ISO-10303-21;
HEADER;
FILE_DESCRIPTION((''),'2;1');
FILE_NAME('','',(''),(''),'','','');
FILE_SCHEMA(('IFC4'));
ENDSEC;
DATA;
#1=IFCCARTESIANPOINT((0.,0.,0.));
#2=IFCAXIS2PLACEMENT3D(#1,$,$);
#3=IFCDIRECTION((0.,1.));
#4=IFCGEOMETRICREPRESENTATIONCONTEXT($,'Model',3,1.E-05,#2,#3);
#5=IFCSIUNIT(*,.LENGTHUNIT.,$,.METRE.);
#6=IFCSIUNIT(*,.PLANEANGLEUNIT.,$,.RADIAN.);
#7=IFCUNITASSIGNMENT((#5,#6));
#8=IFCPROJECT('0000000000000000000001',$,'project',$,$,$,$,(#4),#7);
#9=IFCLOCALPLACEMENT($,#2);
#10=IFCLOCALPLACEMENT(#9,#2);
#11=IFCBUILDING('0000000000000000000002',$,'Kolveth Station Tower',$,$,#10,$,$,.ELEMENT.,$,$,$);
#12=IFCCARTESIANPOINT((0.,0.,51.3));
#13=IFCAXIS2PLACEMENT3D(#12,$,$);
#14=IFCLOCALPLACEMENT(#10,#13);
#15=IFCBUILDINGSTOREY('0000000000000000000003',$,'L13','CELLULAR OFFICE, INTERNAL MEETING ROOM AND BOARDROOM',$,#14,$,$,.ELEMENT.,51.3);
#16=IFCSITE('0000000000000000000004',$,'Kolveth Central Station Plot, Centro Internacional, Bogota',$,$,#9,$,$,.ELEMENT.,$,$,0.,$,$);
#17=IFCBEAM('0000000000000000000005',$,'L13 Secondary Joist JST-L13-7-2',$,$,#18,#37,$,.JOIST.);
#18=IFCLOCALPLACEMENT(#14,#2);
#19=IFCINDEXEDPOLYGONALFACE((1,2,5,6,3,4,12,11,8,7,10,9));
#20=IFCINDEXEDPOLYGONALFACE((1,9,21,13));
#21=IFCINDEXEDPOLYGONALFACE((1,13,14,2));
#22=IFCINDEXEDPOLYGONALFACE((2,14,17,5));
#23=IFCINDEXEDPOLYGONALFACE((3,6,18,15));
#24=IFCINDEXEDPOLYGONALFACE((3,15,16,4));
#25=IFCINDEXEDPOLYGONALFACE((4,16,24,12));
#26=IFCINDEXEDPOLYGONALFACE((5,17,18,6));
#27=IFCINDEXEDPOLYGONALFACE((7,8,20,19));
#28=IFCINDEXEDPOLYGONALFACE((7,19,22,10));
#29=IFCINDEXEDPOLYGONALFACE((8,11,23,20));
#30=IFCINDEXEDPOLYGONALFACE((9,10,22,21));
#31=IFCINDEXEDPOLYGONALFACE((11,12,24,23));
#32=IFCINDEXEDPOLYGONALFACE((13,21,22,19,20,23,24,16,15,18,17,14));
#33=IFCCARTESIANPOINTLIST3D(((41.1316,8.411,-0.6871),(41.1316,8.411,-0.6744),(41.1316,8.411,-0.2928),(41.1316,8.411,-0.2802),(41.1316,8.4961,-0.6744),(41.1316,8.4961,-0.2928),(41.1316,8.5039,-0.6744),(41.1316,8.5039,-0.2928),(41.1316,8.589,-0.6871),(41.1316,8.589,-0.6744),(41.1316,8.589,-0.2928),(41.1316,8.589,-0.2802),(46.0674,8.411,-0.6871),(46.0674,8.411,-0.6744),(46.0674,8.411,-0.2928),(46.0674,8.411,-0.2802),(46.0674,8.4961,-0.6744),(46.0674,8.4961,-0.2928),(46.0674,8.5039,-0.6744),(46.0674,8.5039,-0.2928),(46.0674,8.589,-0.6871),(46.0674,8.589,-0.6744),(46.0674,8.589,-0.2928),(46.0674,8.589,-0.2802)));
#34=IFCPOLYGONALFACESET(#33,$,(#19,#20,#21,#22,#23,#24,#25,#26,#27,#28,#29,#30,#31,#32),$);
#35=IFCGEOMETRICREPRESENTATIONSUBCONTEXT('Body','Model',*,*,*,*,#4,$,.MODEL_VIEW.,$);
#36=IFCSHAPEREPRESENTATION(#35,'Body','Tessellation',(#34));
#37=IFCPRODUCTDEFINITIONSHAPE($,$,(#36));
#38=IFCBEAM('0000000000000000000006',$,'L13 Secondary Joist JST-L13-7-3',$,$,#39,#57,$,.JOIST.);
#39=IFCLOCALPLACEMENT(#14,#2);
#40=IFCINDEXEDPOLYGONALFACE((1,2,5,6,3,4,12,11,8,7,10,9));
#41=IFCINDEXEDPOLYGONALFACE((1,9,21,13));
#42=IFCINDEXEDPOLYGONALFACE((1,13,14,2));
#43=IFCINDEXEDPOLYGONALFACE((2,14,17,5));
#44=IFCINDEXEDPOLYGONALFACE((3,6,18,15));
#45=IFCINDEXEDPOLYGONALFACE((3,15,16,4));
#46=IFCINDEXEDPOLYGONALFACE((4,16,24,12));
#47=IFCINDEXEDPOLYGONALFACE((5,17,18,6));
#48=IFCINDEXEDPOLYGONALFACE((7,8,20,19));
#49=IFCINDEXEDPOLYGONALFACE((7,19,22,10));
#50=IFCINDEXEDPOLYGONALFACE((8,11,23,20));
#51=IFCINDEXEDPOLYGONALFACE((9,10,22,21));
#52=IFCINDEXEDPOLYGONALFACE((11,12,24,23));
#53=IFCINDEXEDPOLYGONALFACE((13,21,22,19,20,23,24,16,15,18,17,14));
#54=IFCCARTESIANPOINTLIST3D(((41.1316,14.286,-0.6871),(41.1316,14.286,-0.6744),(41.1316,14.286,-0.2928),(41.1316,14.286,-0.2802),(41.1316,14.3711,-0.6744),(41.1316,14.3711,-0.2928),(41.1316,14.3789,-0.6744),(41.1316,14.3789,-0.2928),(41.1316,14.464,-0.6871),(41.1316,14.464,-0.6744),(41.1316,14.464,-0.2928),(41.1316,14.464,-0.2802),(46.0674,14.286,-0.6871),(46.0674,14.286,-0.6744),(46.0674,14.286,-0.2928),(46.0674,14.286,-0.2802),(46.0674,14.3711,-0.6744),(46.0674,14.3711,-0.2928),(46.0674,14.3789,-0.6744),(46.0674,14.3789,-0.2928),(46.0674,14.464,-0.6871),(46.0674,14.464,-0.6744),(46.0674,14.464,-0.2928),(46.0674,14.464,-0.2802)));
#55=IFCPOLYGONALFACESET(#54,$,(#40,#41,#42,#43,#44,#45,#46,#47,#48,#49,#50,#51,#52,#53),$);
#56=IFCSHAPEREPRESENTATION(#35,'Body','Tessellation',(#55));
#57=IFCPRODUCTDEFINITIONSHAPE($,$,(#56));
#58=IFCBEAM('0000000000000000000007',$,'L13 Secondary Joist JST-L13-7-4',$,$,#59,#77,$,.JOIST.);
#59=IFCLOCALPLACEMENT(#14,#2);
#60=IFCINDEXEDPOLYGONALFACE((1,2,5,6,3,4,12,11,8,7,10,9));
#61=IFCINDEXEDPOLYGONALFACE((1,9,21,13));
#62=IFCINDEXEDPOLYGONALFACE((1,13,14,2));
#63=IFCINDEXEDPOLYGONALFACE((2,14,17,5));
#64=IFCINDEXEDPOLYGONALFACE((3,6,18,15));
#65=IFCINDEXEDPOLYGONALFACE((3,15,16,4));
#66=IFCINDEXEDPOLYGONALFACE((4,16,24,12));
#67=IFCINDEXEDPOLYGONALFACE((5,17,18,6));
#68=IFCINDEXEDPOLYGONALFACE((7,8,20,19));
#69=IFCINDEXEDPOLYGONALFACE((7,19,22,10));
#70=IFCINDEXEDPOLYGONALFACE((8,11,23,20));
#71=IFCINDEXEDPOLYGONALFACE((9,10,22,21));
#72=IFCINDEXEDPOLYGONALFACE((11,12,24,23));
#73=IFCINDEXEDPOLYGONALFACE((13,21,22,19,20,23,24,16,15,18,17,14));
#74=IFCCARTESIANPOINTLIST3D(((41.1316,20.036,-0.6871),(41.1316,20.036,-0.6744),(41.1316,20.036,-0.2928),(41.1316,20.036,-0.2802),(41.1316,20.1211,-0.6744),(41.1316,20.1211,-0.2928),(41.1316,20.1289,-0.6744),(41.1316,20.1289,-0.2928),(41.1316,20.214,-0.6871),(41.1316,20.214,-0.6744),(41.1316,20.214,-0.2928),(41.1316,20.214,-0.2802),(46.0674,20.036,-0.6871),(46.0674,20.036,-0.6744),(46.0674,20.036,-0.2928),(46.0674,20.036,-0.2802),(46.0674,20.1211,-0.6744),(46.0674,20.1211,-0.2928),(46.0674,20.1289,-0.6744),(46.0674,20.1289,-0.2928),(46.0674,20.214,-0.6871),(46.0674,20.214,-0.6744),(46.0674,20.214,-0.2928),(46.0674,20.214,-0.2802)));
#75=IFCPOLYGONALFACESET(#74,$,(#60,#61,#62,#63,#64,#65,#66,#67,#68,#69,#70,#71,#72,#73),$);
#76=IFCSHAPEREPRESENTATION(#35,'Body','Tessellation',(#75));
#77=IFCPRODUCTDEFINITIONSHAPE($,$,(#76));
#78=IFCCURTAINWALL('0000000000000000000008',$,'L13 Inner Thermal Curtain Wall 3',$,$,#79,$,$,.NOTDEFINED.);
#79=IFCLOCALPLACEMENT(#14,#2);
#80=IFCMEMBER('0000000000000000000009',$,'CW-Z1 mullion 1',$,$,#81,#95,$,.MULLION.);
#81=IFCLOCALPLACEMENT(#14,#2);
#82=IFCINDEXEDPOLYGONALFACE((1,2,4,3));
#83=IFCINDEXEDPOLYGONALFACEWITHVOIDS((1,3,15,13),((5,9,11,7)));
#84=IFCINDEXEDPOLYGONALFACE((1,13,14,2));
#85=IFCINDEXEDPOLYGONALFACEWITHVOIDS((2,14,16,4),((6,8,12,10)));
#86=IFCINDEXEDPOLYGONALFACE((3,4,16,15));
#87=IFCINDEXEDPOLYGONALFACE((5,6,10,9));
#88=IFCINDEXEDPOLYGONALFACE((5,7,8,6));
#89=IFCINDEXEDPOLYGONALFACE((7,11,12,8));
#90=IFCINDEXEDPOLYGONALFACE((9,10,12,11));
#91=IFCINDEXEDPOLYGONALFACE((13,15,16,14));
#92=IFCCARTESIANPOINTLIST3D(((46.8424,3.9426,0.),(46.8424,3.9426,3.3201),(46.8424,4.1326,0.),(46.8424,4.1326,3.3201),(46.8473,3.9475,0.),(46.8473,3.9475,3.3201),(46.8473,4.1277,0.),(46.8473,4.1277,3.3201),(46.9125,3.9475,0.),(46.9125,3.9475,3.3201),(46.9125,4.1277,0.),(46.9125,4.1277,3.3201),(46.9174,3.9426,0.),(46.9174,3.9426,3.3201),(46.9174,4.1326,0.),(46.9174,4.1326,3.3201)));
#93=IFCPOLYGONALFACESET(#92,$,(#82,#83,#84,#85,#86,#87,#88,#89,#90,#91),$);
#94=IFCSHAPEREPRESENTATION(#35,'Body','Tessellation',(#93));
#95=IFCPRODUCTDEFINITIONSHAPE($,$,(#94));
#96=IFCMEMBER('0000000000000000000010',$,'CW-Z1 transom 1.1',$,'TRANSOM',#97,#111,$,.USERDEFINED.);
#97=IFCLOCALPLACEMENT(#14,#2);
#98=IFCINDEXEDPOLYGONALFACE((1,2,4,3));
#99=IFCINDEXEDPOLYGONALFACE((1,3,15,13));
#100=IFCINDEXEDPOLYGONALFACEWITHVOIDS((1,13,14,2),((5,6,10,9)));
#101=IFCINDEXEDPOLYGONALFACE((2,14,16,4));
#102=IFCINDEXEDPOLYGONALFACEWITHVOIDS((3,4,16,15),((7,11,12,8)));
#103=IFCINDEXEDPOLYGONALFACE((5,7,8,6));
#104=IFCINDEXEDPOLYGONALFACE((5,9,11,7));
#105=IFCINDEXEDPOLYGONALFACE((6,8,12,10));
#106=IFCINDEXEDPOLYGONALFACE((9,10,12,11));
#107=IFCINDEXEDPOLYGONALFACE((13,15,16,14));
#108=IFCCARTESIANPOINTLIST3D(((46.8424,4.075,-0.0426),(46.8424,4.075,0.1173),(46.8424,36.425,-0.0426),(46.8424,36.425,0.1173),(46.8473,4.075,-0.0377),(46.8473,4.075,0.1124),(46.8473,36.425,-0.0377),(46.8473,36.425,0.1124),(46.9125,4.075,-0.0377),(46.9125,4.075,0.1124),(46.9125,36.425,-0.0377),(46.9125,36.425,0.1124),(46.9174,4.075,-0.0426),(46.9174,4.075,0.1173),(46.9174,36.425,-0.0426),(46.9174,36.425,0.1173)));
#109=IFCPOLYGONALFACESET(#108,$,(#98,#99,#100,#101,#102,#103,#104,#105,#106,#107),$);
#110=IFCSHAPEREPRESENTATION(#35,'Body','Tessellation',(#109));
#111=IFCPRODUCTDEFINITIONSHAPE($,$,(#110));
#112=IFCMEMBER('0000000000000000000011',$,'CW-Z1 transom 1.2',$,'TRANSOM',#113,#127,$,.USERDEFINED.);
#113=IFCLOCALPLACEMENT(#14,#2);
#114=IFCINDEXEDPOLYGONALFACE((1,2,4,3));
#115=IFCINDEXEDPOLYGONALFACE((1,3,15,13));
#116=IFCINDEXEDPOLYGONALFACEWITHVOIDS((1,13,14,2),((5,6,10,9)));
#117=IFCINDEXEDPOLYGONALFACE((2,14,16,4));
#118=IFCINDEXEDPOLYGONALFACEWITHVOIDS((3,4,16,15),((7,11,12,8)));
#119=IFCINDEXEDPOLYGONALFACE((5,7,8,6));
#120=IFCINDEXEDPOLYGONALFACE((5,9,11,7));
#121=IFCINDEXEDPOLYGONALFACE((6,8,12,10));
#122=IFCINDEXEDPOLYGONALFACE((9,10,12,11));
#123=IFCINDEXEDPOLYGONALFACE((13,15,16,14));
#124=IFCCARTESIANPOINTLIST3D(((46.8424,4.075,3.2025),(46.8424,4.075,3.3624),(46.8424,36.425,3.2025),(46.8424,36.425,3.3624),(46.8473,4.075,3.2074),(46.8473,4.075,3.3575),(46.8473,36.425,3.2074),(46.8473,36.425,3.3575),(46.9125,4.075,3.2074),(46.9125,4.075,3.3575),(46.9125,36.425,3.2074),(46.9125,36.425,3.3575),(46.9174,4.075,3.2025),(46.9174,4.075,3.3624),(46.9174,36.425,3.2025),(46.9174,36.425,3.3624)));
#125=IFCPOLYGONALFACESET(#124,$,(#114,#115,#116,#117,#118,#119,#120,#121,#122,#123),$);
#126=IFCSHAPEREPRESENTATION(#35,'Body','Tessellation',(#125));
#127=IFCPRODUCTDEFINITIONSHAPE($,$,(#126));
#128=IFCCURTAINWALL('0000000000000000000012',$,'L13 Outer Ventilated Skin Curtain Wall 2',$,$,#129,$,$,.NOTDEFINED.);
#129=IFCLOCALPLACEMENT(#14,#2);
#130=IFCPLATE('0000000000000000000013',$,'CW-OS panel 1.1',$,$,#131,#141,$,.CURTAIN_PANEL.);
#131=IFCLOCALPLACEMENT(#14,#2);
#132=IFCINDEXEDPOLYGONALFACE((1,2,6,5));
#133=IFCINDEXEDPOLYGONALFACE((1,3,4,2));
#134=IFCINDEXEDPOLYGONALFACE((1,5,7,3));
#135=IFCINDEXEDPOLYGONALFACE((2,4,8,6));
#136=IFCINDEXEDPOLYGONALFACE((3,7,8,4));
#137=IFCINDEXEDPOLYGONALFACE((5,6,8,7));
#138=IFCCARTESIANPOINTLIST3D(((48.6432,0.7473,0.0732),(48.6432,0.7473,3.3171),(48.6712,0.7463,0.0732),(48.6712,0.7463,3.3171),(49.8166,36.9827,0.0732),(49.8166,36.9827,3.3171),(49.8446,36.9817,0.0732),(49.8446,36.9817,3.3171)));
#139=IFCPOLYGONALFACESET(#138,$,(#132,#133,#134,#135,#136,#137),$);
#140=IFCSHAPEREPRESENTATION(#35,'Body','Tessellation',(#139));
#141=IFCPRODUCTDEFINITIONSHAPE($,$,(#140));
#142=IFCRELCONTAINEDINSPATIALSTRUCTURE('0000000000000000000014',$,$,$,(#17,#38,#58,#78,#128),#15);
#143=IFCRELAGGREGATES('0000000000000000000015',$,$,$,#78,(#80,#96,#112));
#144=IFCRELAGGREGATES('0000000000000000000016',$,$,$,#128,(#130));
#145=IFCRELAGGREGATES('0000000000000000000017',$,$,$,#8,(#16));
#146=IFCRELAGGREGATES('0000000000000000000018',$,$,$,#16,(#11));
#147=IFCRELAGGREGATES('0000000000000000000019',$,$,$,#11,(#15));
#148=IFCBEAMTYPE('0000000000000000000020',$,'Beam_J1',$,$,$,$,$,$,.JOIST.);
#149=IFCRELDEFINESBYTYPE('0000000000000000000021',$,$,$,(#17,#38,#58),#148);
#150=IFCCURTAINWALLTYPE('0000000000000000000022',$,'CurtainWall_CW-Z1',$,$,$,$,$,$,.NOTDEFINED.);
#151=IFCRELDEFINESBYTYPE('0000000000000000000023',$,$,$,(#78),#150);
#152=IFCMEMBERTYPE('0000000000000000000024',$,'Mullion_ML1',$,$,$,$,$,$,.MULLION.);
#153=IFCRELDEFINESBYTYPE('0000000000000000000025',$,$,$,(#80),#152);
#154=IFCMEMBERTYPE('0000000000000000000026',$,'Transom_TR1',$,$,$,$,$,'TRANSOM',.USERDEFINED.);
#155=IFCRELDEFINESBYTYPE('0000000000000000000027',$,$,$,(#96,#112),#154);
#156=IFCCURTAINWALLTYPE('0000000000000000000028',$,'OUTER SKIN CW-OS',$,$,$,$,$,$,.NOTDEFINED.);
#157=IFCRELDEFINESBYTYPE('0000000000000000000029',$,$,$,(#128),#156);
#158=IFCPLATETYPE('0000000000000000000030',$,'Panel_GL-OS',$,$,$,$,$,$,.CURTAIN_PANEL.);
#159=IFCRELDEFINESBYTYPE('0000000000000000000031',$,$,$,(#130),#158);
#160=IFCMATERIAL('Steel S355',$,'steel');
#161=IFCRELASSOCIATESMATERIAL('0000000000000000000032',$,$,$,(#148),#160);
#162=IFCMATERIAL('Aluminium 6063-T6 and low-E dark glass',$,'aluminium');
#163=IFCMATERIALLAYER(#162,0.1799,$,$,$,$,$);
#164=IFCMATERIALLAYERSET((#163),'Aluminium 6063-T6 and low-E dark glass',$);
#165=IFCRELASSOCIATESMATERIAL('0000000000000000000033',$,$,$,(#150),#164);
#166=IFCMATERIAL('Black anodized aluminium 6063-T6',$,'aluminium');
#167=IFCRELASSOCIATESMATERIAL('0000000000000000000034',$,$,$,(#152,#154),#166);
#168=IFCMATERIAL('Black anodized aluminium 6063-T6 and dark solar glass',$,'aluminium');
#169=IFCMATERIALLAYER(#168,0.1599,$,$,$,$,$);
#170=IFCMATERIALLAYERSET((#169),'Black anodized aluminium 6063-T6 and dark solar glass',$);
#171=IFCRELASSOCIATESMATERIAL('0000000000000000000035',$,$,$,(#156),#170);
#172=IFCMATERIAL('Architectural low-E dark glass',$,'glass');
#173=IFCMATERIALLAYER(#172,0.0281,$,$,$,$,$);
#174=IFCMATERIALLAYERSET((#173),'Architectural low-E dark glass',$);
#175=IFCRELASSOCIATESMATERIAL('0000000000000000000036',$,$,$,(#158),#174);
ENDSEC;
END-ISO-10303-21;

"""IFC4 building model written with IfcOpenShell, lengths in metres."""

from ifc_helpers import new_model, si_unit, direction, frame, origin, origin_2d, place, context, subcontext, project, spatial, rectangle, hollow_rectangle, i_section, extrude, source, transform, mapped, material, layer, layer_set, material_profile, profile_set, type_object, element, aggregate, save


model = new_model("IFC4")

# Units and contexts
model_context = context("Model", 3, precision=1e-05, world=origin(), true_north=direction((0.0, 1.0)))
body_context = subcontext(model_context, "Body", "Model", "MODEL_VIEW")
ifc_project = project(units=[si_unit("LENGTHUNIT", "METRE"), si_unit("PLANEANGLEUNIT", "RADIAN")], contexts=[model_context])

# Site, building, storey
site_placement = place(None, origin())
site = spatial("IfcSite", under=ifc_project, at=site_placement, Name="Kolveth Central Station Plot, Centro Internacional, Bogota", CompositionType="ELEMENT", RefElevation=0.0)
building_placement = place(site_placement, origin())
building = spatial("IfcBuilding", under=site, at=building_placement, Name="Kolveth Station Tower", CompositionType="ELEMENT")
storey_placement = place(building_placement, frame((0.0, 0.0, 51.3)))
storey = spatial("IfcBuildingStorey", under=building, at=storey_placement, Name="L13", Description="CELLULAR OFFICE, INTERNAL MEETING ROOM AND BOARDROOM", CompositionType="ELEMENT", Elevation=51.3)

# Shared definitions
ifc_material_1 = material(Name="Steel S355", Category="steel")

# Beams
ifc_material_profile_1 = material_profile(ifc_material_1, i_section(OverallWidth=0.178, OverallDepth=0.407, WebThickness=0.0078, FlangeThickness=0.0127, at=origin_2d()), Name="W410x60")
ifc_profile_set_1 = profile_set([ifc_material_profile_1], Name="Steel S355")
beam_type_1 = type_object("IfcBeamType", Name="Beam_J1", PredefinedType="JOIST", material=ifc_profile_set_1)
shared_shape_1 = source(origin(), body_context, "Body", "SweptSolid", [
    extrude(i_section(OverallWidth=0.178, OverallDepth=0.407, WebThickness=0.0078, FlangeThickness=0.0127, at=origin_2d()), origin(), (0.0, 0.0, 1.0), 4.9358),
])
for number, where, z_axis, x_axis, name in (
    (1, (41.1316, 8.5, -0.4836), (1.0, 0.0, 0.0), (0.0, 1.0, 0.0), "L13 Secondary Joist JST-L13-7-2"),
    (2, (41.1316, 14.375, -0.4836), (1.0, 0.0, 0.0), (0.0, 1.0, 0.0), "L13 Secondary Joist JST-L13-7-3"),
    (3, (41.1316, 20.125, -0.4836), (1.0, 0.0, 0.0), (0.0, 1.0, 0.0), "L13 Secondary Joist JST-L13-7-4"),
):
    element("IfcBeam", number, at=place(storey_placement, frame(where, z_axis=z_axis, x_axis=x_axis)), inside=storey, type_object=beam_type_1, Name=name, PredefinedType="JOIST", context=body_context, shape_type="MappedRepresentation", body=[
        mapped(shared_shape_1, transform((0.0, 0.0, 0.0), x_axis=(1.0, 0.0, 0.0), y_axis=(0.0, 1.0, 0.0), z_axis=(0.0, 0.0, 1.0), scale=1.0)),
    ])

# Curtain wall, members
ifc_material_2 = material(Name="Aluminium 6063-T6 and low-E dark glass", Category="aluminium")
ifc_layer_1 = layer(ifc_material_2, 0.1799)
ifc_layer_set_1 = layer_set([ifc_layer_1], Name="Aluminium 6063-T6 and low-E dark glass")
curtain_wall_type_1 = type_object("IfcCurtainWallType", Name="CurtainWall_CW-Z1", PredefinedType="NOTDEFINED", material=ifc_layer_set_1)
curtain_wall_1_placement = place(storey_placement, origin())
curtain_wall_1 = element("IfcCurtainWall", 4, at=curtain_wall_1_placement, inside=storey, type_object=curtain_wall_type_1, Name="L13 Inner Thermal Curtain Wall 3", PredefinedType="NOTDEFINED")
ifc_material_3 = material(Name="Black anodized aluminium 6063-T6", Category="aluminium")
ifc_material_profile_2 = material_profile(ifc_material_3, hollow_rectangle(XDim=0.075, YDim=0.1899, WallThickness=0.0049, at=origin_2d()), Name="ALU-75x190x5")
ifc_profile_set_2 = profile_set([ifc_material_profile_2], Name="Black anodized aluminium 6063-T6")
member_type_1 = type_object("IfcMemberType", Name="Mullion_ML1", PredefinedType="MULLION", material=ifc_profile_set_2)
shared_shape_2 = source(origin(), body_context, "Body", "SweptSolid", [
    extrude(hollow_rectangle(XDim=0.075, YDim=0.1899, WallThickness=0.0049, at=origin_2d()), origin(), (0.0, 0.0, 1.0), 3.3201),
])
member_1_placement = place(storey_placement, frame((46.8799, 4.0376, 0.0), z_axis=(0.0, 0.0, 1.0), x_axis=(-1.0, 0.0, 0.0)))
member_1 = element("IfcMember", 5, at=member_1_placement, type_object=member_type_1, Name="CW-Z1 mullion 1", PredefinedType="MULLION", context=body_context, shape_type="MappedRepresentation", body=[
    mapped(shared_shape_2, transform((0.0, 0.0, 0.0), x_axis=(1.0, 0.0, 0.0), y_axis=(0.0, 1.0, 0.0), z_axis=(0.0, 0.0, 1.0), scale=1.0)),
])
ifc_material_profile_3 = material_profile(ifc_material_3, hollow_rectangle(XDim=0.075, YDim=0.1599, WallThickness=0.0049, at=origin_2d()), Name="ALU-75x160x5")
ifc_profile_set_3 = profile_set([ifc_material_profile_3], Name="Black anodized aluminium 6063-T6")
member_type_2 = type_object("IfcMemberType", Name="Transom_TR1", ElementType="TRANSOM", PredefinedType="USERDEFINED", material=ifc_profile_set_3)
shared_shape_3 = source(origin(), body_context, "Body", "SweptSolid", [
    extrude(hollow_rectangle(XDim=0.075, YDim=0.1599, WallThickness=0.0049, at=origin_2d()), origin(), (0.0, 0.0, 1.0), 32.3501),
])
member_2_placement = place(storey_placement, frame((46.8799, 4.075, 0.0374), z_axis=(0.0, 1.0, 0.0), x_axis=(-1.0, 0.0, 0.0)))
member_2 = element("IfcMember", 6, at=member_2_placement, type_object=member_type_2, Name="CW-Z1 transom 1.1", ObjectType="TRANSOM", PredefinedType="USERDEFINED", context=body_context, shape_type="MappedRepresentation", body=[
    mapped(shared_shape_3, transform((0.0, 0.0, 0.0), x_axis=(1.0, 0.0, 0.0), y_axis=(0.0, 1.0, 0.0), z_axis=(0.0, 0.0, 1.0), scale=1.0)),
])
member_3_placement = place(storey_placement, frame((46.8799, 4.075, 3.2825), z_axis=(0.0, 1.0, 0.0), x_axis=(-1.0, 0.0, 0.0)))
member_3 = element("IfcMember", 7, at=member_3_placement, type_object=member_type_2, Name="CW-Z1 transom 1.2", ObjectType="TRANSOM", PredefinedType="USERDEFINED", context=body_context, shape_type="MappedRepresentation", body=[
    mapped(shared_shape_3, transform((0.0, 0.0, 0.0), x_axis=(1.0, 0.0, 0.0), y_axis=(0.0, 1.0, 0.0), z_axis=(0.0, 0.0, 1.0), scale=1.0)),
])
aggregate(curtain_wall_1, [member_1, member_2, member_3])

# Curtain wall, plate
ifc_material_4 = material(Name="Black anodized aluminium 6063-T6 and dark solar glass", Category="aluminium")
ifc_layer_2 = layer(ifc_material_4, 0.1599)
ifc_layer_set_2 = layer_set([ifc_layer_2], Name="Black anodized aluminium 6063-T6 and dark solar glass")
curtain_wall_type_2 = type_object("IfcCurtainWallType", Name="OUTER SKIN CW-OS", PredefinedType="NOTDEFINED", material=ifc_layer_set_2)
curtain_wall_2_placement = place(storey_placement, origin())
curtain_wall_2 = element("IfcCurtainWall", 8, at=curtain_wall_2_placement, inside=storey, type_object=curtain_wall_type_2, Name="L13 Outer Ventilated Skin Curtain Wall 2", PredefinedType="NOTDEFINED")
ifc_material_5 = material(Name="Architectural low-E dark glass", Category="glass")
ifc_layer_3 = layer(ifc_material_5, 0.0281)
ifc_layer_set_3 = layer_set([ifc_layer_3], Name="Architectural low-E dark glass")
plate_type = type_object("IfcPlateType", Name="Panel_GL-OS", PredefinedType="CURTAIN_PANEL", material=ifc_layer_set_3)
shared_shape_4 = source(origin(), body_context, "Body", "SweptSolid", [
    extrude(rectangle(XDim=36.2544, YDim=0.0281, at=origin_2d()), origin(), (0.0, 0.0, 1.0), 3.2439),
])
plate_placement = place(storey_placement, frame((49.2439, 18.8645, 0.0732), z_axis=(0.0, 0.0, 1.0), x_axis=(0.032366, 0.999476, 0.0)))
plate = element("IfcPlate", 9, at=plate_placement, type_object=plate_type, Name="CW-OS panel 1.1", PredefinedType="CURTAIN_PANEL", context=body_context, shape_type="MappedRepresentation", body=[
    mapped(shared_shape_4, transform((0.0, 0.0, 0.0), x_axis=(1.0, 0.0, 0.0), y_axis=(0.0, 1.0, 0.0), z_axis=(0.0, 0.0, 1.0), scale=1.0)),
])
aggregate(curtain_wall_2, [plate])

save(model, "model.ifc")
